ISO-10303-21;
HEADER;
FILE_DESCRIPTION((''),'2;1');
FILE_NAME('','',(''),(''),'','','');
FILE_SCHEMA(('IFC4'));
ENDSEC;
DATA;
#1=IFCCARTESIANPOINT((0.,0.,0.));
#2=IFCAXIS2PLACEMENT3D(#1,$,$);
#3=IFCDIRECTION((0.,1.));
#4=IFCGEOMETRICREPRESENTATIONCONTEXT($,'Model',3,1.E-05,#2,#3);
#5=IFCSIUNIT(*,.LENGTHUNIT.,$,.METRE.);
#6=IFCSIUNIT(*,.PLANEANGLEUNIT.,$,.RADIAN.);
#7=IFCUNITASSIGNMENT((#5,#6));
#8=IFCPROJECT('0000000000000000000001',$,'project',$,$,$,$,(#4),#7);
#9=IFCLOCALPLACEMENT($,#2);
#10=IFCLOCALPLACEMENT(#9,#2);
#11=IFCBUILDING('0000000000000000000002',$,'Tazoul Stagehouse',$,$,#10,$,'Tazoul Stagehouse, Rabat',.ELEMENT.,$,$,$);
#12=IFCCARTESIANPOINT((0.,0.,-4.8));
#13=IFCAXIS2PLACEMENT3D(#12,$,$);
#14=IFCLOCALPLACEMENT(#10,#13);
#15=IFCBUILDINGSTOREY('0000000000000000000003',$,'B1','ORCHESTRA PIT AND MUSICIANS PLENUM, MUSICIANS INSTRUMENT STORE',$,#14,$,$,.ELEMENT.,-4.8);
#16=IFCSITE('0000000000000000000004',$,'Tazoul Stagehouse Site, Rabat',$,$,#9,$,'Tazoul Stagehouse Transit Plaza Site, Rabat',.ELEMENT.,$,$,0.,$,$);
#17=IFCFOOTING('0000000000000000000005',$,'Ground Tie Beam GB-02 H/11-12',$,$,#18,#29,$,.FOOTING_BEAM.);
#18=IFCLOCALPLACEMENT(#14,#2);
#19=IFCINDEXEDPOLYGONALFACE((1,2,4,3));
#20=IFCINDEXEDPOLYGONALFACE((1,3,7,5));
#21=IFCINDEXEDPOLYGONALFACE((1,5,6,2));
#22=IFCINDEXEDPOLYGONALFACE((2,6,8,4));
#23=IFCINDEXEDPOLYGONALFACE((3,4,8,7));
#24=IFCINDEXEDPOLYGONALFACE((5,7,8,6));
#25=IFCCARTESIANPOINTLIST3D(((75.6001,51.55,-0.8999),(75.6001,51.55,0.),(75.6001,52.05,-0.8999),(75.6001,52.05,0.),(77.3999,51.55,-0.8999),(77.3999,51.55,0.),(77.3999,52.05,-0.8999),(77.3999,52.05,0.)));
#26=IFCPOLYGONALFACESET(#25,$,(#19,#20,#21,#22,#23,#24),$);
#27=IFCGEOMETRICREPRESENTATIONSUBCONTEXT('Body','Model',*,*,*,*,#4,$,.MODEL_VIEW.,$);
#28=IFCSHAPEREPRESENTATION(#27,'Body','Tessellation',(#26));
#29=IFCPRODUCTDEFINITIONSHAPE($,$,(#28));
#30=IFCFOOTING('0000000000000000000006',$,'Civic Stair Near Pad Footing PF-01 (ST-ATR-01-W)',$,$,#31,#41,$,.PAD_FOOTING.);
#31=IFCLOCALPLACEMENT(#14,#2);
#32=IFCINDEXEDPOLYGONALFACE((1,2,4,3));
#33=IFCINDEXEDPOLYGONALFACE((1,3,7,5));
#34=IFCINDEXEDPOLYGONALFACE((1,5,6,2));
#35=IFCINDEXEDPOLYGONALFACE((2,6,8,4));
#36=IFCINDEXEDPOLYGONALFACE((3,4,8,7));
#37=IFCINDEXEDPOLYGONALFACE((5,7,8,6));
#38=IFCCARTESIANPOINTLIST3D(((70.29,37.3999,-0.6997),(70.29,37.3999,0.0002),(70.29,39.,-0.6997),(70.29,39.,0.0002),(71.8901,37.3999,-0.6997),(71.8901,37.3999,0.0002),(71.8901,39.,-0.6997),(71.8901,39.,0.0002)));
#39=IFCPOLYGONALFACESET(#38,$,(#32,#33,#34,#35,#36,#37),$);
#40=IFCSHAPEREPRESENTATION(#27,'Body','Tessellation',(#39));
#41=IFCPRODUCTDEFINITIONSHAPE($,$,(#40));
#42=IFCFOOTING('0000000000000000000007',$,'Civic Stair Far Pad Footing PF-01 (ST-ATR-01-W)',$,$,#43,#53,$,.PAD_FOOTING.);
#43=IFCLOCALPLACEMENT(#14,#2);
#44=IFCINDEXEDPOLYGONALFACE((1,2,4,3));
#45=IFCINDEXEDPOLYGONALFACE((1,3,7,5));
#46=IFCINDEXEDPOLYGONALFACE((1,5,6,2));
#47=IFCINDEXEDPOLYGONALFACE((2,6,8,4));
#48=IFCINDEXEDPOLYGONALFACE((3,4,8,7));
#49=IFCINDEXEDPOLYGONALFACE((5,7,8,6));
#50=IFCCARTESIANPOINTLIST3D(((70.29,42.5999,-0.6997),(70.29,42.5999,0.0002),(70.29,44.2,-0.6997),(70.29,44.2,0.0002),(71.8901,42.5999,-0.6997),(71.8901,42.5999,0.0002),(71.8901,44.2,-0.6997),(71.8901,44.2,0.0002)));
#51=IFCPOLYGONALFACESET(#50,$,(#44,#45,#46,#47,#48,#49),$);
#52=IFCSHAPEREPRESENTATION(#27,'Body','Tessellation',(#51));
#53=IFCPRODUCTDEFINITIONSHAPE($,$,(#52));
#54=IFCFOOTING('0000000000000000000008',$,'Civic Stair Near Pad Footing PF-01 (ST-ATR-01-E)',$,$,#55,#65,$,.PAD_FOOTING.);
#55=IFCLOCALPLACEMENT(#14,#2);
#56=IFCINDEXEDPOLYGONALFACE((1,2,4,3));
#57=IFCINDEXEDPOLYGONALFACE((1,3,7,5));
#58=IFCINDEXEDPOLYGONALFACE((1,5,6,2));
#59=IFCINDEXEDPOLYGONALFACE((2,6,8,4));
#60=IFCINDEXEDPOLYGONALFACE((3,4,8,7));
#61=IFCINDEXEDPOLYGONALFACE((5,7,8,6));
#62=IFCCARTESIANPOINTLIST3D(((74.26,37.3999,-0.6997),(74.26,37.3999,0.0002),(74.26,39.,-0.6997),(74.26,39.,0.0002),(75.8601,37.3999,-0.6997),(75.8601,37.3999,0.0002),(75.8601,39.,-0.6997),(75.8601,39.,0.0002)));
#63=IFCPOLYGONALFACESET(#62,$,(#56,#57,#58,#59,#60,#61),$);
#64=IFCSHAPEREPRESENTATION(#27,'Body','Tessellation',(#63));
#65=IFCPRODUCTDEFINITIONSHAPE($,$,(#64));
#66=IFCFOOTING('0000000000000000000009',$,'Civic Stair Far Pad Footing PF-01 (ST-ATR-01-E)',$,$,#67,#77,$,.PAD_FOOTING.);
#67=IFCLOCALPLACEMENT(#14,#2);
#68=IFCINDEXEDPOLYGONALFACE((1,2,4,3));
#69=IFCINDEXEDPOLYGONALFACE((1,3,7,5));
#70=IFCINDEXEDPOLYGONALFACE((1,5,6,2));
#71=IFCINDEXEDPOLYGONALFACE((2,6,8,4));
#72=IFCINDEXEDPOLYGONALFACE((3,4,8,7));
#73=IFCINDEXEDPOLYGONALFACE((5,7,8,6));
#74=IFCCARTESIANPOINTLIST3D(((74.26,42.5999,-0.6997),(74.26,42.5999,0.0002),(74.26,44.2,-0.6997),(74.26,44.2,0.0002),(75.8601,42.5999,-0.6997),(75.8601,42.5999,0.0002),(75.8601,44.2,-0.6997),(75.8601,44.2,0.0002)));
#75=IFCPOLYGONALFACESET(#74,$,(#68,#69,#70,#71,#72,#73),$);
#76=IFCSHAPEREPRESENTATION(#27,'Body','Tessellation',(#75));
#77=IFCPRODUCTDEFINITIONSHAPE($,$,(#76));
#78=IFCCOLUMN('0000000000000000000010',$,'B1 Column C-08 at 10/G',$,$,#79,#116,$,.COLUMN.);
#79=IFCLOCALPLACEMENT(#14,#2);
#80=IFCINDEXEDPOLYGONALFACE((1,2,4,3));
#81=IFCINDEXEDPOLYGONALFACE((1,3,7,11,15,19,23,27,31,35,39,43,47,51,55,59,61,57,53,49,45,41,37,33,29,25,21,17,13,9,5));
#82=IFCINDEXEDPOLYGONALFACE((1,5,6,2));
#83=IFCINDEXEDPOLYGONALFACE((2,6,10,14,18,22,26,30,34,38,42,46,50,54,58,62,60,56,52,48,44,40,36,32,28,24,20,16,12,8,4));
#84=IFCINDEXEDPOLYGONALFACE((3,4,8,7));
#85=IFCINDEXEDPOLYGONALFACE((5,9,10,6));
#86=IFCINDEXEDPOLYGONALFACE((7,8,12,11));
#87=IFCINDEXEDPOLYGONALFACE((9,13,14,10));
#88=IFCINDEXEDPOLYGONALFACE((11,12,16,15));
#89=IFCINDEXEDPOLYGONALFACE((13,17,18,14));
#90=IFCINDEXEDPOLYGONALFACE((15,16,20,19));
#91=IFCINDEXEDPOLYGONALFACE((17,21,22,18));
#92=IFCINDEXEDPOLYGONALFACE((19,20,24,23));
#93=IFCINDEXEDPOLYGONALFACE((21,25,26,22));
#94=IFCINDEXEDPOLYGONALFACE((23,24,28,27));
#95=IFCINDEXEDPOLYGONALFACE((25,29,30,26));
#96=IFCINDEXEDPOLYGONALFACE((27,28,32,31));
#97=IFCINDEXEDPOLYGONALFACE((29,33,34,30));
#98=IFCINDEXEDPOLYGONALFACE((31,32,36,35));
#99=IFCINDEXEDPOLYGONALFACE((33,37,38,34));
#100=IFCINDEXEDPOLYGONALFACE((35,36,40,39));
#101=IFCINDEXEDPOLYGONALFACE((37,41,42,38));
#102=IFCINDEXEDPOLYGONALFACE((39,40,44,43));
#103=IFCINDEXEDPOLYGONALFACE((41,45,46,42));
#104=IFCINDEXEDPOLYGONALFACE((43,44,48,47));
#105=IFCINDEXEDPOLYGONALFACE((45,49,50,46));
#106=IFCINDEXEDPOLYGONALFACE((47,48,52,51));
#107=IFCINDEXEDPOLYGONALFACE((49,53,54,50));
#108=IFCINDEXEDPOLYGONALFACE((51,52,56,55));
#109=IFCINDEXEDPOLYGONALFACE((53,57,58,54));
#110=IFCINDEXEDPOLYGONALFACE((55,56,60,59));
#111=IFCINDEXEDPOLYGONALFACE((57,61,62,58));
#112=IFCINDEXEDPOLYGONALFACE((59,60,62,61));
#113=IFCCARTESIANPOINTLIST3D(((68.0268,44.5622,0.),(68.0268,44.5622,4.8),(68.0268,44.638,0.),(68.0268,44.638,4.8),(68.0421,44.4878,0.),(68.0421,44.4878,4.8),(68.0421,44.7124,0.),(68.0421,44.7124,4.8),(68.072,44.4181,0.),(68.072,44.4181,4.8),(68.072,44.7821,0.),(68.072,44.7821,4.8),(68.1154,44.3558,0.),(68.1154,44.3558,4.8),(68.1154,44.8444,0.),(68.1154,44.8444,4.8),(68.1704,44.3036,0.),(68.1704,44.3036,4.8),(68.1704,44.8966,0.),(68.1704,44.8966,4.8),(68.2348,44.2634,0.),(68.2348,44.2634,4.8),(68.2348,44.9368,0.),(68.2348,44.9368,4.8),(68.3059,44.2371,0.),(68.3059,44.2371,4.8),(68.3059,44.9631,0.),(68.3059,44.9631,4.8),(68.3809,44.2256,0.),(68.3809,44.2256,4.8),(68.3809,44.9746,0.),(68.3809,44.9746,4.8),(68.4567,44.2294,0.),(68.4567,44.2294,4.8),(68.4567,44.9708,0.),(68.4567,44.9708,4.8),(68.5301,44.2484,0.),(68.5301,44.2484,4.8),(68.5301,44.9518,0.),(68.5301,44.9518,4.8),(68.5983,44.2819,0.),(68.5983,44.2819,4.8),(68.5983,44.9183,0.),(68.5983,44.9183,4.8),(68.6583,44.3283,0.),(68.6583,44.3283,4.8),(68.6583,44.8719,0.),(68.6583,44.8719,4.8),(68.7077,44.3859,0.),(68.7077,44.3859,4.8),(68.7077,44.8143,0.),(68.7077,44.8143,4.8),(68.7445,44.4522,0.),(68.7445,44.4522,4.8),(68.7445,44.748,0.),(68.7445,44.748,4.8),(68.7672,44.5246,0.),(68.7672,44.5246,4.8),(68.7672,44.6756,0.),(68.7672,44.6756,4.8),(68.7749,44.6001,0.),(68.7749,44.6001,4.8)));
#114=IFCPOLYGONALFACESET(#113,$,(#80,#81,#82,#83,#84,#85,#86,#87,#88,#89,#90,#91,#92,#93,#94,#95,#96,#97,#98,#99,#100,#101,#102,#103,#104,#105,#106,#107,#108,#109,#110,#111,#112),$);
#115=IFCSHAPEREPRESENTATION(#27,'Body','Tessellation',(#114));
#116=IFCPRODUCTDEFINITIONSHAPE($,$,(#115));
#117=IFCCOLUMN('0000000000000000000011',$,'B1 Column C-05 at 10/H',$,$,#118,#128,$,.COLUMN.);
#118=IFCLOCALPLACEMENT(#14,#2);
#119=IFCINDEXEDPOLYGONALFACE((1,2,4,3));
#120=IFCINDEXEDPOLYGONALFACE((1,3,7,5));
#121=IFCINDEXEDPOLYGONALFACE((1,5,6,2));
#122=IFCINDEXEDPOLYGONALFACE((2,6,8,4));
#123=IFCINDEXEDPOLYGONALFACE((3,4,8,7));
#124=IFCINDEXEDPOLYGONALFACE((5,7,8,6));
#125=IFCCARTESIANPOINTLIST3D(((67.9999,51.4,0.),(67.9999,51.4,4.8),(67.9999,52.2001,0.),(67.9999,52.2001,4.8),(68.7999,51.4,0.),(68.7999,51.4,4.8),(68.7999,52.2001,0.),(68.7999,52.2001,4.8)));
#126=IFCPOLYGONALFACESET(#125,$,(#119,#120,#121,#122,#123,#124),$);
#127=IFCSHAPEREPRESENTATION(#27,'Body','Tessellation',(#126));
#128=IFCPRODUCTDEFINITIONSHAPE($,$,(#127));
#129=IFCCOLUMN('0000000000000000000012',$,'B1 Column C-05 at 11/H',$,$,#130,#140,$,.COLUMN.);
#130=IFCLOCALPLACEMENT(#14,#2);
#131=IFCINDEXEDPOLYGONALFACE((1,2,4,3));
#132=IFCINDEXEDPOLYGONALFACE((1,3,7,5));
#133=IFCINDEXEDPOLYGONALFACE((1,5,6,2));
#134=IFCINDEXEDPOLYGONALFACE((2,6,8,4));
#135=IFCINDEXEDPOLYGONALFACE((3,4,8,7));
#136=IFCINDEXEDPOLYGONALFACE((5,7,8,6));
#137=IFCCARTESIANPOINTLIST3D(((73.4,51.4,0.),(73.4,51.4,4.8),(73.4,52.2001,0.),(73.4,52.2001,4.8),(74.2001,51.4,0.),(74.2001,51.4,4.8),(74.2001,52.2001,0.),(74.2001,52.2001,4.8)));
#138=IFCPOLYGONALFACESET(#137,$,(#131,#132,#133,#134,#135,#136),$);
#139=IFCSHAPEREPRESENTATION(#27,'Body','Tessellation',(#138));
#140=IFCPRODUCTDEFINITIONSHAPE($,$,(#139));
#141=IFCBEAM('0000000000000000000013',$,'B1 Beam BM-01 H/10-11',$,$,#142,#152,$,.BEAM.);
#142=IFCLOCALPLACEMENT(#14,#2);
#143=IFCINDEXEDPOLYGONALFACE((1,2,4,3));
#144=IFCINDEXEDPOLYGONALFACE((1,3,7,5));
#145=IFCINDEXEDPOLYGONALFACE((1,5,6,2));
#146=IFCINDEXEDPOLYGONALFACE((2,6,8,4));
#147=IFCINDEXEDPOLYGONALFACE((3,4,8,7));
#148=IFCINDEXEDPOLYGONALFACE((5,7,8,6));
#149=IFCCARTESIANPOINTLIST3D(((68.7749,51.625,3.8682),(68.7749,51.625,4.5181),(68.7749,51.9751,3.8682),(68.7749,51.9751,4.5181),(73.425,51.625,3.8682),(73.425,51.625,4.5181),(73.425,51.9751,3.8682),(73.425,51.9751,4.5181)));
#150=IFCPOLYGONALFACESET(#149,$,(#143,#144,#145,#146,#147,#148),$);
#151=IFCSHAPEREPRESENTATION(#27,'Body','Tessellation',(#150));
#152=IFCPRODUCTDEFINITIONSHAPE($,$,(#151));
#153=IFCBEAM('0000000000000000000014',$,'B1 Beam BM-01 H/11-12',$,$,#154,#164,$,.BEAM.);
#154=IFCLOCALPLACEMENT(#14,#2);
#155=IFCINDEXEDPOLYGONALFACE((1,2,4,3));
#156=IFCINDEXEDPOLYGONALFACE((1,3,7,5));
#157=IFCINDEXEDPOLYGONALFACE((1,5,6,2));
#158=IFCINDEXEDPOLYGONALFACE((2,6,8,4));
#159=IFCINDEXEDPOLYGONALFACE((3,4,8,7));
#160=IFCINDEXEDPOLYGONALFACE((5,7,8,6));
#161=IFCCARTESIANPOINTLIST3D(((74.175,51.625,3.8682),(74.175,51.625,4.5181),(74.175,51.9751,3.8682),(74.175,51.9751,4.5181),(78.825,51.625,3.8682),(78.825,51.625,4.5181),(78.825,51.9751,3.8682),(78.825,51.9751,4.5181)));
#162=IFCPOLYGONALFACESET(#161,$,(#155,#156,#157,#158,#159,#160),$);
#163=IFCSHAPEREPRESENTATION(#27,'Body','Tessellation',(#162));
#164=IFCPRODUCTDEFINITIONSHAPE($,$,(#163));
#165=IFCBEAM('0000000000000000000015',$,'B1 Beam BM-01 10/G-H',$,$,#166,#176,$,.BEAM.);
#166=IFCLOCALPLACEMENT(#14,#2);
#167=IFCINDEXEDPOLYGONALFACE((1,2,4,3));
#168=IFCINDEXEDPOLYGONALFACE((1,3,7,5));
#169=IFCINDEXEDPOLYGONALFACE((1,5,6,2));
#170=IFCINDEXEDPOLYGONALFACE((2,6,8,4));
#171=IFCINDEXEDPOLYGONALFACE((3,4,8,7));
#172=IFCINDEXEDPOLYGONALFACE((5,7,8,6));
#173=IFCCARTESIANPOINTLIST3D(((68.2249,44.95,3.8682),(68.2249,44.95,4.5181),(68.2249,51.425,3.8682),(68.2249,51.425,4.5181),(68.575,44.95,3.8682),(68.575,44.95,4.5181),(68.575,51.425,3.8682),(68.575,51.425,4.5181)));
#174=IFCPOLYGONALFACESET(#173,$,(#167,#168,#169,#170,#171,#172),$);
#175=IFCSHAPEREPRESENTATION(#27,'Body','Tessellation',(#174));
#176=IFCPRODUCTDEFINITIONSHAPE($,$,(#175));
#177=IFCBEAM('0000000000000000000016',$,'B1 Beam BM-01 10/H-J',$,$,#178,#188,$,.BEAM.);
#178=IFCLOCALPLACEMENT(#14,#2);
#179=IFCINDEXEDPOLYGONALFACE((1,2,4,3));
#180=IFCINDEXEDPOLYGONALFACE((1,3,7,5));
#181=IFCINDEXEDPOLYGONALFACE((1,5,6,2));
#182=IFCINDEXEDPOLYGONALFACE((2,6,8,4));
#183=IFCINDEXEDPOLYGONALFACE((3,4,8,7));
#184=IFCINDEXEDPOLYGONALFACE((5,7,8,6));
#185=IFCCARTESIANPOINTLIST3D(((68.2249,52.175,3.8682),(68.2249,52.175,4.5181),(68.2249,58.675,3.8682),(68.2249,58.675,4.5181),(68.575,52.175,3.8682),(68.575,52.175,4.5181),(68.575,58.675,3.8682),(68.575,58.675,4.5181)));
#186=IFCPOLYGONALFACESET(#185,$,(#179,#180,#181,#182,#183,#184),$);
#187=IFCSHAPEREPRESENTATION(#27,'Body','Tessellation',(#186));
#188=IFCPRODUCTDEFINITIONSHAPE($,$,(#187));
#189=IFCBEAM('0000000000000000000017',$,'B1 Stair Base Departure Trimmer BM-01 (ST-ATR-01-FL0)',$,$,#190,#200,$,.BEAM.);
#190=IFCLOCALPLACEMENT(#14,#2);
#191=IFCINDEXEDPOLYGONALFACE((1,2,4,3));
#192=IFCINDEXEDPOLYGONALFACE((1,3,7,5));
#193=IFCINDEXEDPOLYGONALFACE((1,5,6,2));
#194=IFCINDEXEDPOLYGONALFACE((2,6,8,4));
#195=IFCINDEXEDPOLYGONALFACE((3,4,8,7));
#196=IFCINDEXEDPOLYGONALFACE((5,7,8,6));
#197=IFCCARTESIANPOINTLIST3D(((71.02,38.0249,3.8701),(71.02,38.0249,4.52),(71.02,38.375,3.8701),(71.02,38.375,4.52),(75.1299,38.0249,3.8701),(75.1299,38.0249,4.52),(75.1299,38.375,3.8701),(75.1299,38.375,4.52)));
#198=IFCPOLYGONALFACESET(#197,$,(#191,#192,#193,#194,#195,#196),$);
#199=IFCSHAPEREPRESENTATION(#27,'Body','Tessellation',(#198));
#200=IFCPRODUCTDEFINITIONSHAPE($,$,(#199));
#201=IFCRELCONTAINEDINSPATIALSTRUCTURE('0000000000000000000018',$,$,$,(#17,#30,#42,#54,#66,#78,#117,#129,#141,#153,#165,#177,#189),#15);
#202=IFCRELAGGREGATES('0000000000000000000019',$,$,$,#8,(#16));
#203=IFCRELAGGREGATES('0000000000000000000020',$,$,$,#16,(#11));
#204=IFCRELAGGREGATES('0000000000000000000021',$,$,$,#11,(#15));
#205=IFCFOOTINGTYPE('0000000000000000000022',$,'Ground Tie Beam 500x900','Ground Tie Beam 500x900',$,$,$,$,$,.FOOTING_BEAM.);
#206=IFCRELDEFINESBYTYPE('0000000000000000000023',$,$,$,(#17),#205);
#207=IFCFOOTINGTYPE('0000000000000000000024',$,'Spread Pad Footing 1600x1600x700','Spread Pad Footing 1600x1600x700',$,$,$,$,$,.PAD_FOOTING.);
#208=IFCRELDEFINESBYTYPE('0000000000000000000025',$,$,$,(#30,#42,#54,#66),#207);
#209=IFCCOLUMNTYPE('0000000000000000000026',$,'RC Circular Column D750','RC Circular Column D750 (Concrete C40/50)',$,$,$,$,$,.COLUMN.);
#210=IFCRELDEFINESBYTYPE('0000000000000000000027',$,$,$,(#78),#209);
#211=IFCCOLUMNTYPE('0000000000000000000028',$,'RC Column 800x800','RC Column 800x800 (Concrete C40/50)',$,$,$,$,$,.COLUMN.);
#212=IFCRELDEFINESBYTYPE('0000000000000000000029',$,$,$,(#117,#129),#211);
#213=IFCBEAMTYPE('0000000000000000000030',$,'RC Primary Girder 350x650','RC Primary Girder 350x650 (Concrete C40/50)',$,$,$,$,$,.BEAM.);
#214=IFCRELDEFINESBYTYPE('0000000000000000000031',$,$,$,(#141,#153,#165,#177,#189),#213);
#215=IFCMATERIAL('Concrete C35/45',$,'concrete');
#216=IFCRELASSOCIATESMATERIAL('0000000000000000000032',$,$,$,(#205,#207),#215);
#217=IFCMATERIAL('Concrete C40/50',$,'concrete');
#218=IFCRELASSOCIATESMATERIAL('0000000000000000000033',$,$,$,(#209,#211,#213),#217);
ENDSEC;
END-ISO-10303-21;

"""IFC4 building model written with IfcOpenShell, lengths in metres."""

from ifc_helpers import new_model, si_unit, direction, frame, origin, origin_2d, place, context, subcontext, project, spatial, rectangle, circle, extrude, material, material_profile, profile_set, type_object, element, save


model = new_model("IFC4")

# Units and contexts
model_context = context("Model", 3, precision=1e-05, world=origin(), true_north=direction((0.0, 1.0)))
body_context = subcontext(model_context, "Body", "Model", "MODEL_VIEW")
ifc_project = project(units=[si_unit("LENGTHUNIT", "METRE"), si_unit("PLANEANGLEUNIT", "RADIAN")], contexts=[model_context])

# Site, building, storey
site_placement = place(None, origin())
site = spatial("IfcSite", under=ifc_project, at=site_placement, Name="Tazoul Stagehouse Site, Rabat", LongName="Tazoul Stagehouse Transit Plaza Site, Rabat", CompositionType="ELEMENT", RefElevation=0.0)
building_placement = place(site_placement, origin())
building = spatial("IfcBuilding", under=site, at=building_placement, Name="Tazoul Stagehouse", LongName="Tazoul Stagehouse, Rabat", CompositionType="ELEMENT")
storey_placement = place(building_placement, frame((0.0, 0.0, -4.8)))
storey = spatial("IfcBuildingStorey", under=building, at=storey_placement, Name="B1", Description="ORCHESTRA PIT AND MUSICIANS PLENUM, MUSICIANS INSTRUMENT STORE", CompositionType="ELEMENT", Elevation=-4.8)

# Shared definitions
ifc_material_1 = material(Name="Concrete C35/45", Category="concrete")

# Footings
ifc_material_profile_1 = material_profile(ifc_material_1, rectangle(XDim=0.5, YDim=0.8999, at=origin_2d()), Name="RC 500x900")
ifc_profile_set_1 = profile_set([ifc_material_profile_1], Name="Concrete C35/45")
footing_type_1 = type_object("IfcFootingType", Name="Ground Tie Beam 500x900", Description="Ground Tie Beam 500x900", PredefinedType="FOOTING_BEAM", material=ifc_profile_set_1)
footing_1_placement = place(storey_placement, frame((75.6001, 51.8, -0.45), z_axis=(1.0, 0.0, 0.0), x_axis=(0.0, 1.0, 0.0)))
element("IfcFooting", 1, at=footing_1_placement, inside=storey, type_object=footing_type_1, Name="Ground Tie Beam GB-02 H/11-12", PredefinedType="FOOTING_BEAM", context=body_context, shape_type="SweptSolid", body=[
    extrude(rectangle(XDim=0.5, YDim=0.8999, at=origin_2d()), origin(), (0.0, 0.0, 1.0), 1.7998),
])
footing_type_2 = type_object("IfcFootingType", Name="Spread Pad Footing 1600x1600x700", Description="Spread Pad Footing 1600x1600x700", PredefinedType="PAD_FOOTING", material=ifc_material_1)
for number, where, z_axis, x_axis, name in (
    (2, (71.0901, 38.2, -0.6997), (0.0, 0.0, 1.0), (1.0, 0.0, 0.0), "Civic Stair Near Pad Footing PF-01 (ST-ATR-01-W)"),
    (3, (71.0901, 43.3999, -0.6997), (0.0, 0.0, 1.0), (1.0, 0.0, 0.0), "Civic Stair Far Pad Footing PF-01 (ST-ATR-01-W)"),
    (4, (75.0601, 38.2, -0.6997), (0.0, 0.0, 1.0), (1.0, 0.0, 0.0), "Civic Stair Near Pad Footing PF-01 (ST-ATR-01-E)"),
    (5, (75.0601, 43.3999, -0.6997), (0.0, 0.0, 1.0), (1.0, 0.0, 0.0), "Civic Stair Far Pad Footing PF-01 (ST-ATR-01-E)"),
):
    element("IfcFooting", number, at=place(storey_placement, frame(where, z_axis=z_axis, x_axis=x_axis)), inside=storey, type_object=footing_type_2, Name=name, PredefinedType="PAD_FOOTING", context=body_context, shape_type="SweptSolid", body=[
        extrude(rectangle(XDim=1.6001, YDim=1.6001, at=origin_2d()), origin(), (0.0, 0.0, 1.0), 0.7),
    ])

# Columns
ifc_material_2 = material(Name="Concrete C40/50", Category="concrete")
ifc_material_profile_2 = material_profile(ifc_material_2, circle(Radius=0.375, at=origin_2d()), Name="RC D750")
ifc_profile_set_2 = profile_set([ifc_material_profile_2], Name="Concrete C40/50")
column_type_1 = type_object("IfcColumnType", Name="RC Circular Column D750", Description="RC Circular Column D750 (Concrete C40/50)", PredefinedType="COLUMN", material=ifc_profile_set_2)
column_placement = place(storey_placement, frame((68.3999, 44.6001, 0.0), z_axis=(0.0, 0.0, 1.0), x_axis=(1.0, 0.0, 0.0)))
element("IfcColumn", 6, at=column_placement, inside=storey, type_object=column_type_1, Name="B1 Column C-08 at 10/G", PredefinedType="COLUMN", context=body_context, shape_type="SweptSolid", body=[
    extrude(circle(Radius=0.375, at=origin_2d()), origin(), (0.0, 0.0, 1.0), 4.8),
])
ifc_material_profile_3 = material_profile(ifc_material_2, rectangle(XDim=0.8, YDim=0.8, at=origin_2d()), Name="RC 800x800")
ifc_profile_set_3 = profile_set([ifc_material_profile_3], Name="Concrete C40/50")
column_type_2 = type_object("IfcColumnType", Name="RC Column 800x800", Description="RC Column 800x800 (Concrete C40/50)", PredefinedType="COLUMN", material=ifc_profile_set_3)
for number, where, z_axis, x_axis, name in (
    (7, (68.3999, 51.8, 0.0), (0.0, 0.0, 1.0), (1.0, 0.0, 0.0), "B1 Column C-05 at 10/H"),
    (8, (73.8, 51.8, 0.0), (0.0, 0.0, 1.0), (1.0, 0.0, 0.0), "B1 Column C-05 at 11/H"),
):
    element("IfcColumn", number, at=place(storey_placement, frame(where, z_axis=z_axis, x_axis=x_axis)), inside=storey, type_object=column_type_2, Name=name, PredefinedType="COLUMN", context=body_context, shape_type="SweptSolid", body=[
        extrude(rectangle(XDim=0.8, YDim=0.8, at=origin_2d()), origin(), (0.0, 0.0, 1.0), 4.8),
    ])

# Beams
ifc_material_profile_4 = material_profile(ifc_material_2, rectangle(XDim=0.3501, YDim=0.6499, at=origin_2d()), Name="RC 350x650")
ifc_profile_set_4 = profile_set([ifc_material_profile_4], Name="Concrete C40/50")
beam_type_1 = type_object("IfcBeamType", Name="RC Primary Girder 350x650", Description="RC Primary Girder 350x650 (Concrete C40/50)", PredefinedType="BEAM", material=ifc_profile_set_4)
beam_1_placement = place(storey_placement, frame((68.7749, 51.8, 4.1931), z_axis=(1.0, 0.0, 0.0), x_axis=(0.0, 1.0, 0.0)))
element("IfcBeam", 9, at=beam_1_placement, inside=storey, type_object=beam_type_1, Name="B1 Beam BM-01 H/10-11", PredefinedType="BEAM", context=body_context, shape_type="SweptSolid", body=[
    extrude(rectangle(XDim=0.3501, YDim=0.6499, at=origin_2d()), origin(), (0.0, 0.0, 1.0), 4.6501),
])
beam_2_placement = place(storey_placement, frame((74.175, 51.8, 4.1931), z_axis=(1.0, 0.0, 0.0), x_axis=(0.0, 1.0, 0.0)))
element("IfcBeam", 10, at=beam_2_placement, inside=storey, type_object=beam_type_1, Name="B1 Beam BM-01 H/11-12", PredefinedType="BEAM", context=body_context, shape_type="SweptSolid", body=[
    extrude(rectangle(XDim=0.3501, YDim=0.6499, at=origin_2d()), origin(), (0.0, 0.0, 1.0), 4.6499),
])
beam_3_placement = place(storey_placement, frame((68.3999, 44.95, 4.1931), z_axis=(0.0, 1.0, 0.0), x_axis=(-1.0, 0.0, 0.0)))
element("IfcBeam", 11, at=beam_3_placement, inside=storey, type_object=beam_type_1, Name="B1 Beam BM-01 10/G-H", PredefinedType="BEAM", context=body_context, shape_type="SweptSolid", body=[
    extrude(rectangle(XDim=0.3501, YDim=0.6499, at=origin_2d()), origin(), (0.0, 0.0, 1.0), 6.4751),
])
beam_4_placement = place(storey_placement, frame((68.3999, 52.175, 4.1931), z_axis=(0.0, 1.0, 0.0), x_axis=(-1.0, 0.0, 0.0)))
element("IfcBeam", 12, at=beam_4_placement, inside=storey, type_object=beam_type_1, Name="B1 Beam BM-01 10/H-J", PredefinedType="BEAM", context=body_context, shape_type="SweptSolid", body=[
    extrude(rectangle(XDim=0.3501, YDim=0.6499, at=origin_2d()), origin(), (0.0, 0.0, 1.0), 6.5),
])
beam_5_placement = place(storey_placement, frame((71.02, 38.2, 4.1951), z_axis=(1.0, 0.0, 0.0), x_axis=(0.0, 1.0, 0.0)))
element("IfcBeam", 13, at=beam_5_placement, inside=storey, type_object=beam_type_1, Name="B1 Stair Base Departure Trimmer BM-01 (ST-ATR-01-FL0)", PredefinedType="BEAM", context=body_context, shape_type="SweptSolid", body=[
    extrude(rectangle(XDim=0.3501, YDim=0.6499, at=origin_2d()), origin(), (0.0, 0.0, 1.0), 4.1099),
])

save(model, "model.ifc")
